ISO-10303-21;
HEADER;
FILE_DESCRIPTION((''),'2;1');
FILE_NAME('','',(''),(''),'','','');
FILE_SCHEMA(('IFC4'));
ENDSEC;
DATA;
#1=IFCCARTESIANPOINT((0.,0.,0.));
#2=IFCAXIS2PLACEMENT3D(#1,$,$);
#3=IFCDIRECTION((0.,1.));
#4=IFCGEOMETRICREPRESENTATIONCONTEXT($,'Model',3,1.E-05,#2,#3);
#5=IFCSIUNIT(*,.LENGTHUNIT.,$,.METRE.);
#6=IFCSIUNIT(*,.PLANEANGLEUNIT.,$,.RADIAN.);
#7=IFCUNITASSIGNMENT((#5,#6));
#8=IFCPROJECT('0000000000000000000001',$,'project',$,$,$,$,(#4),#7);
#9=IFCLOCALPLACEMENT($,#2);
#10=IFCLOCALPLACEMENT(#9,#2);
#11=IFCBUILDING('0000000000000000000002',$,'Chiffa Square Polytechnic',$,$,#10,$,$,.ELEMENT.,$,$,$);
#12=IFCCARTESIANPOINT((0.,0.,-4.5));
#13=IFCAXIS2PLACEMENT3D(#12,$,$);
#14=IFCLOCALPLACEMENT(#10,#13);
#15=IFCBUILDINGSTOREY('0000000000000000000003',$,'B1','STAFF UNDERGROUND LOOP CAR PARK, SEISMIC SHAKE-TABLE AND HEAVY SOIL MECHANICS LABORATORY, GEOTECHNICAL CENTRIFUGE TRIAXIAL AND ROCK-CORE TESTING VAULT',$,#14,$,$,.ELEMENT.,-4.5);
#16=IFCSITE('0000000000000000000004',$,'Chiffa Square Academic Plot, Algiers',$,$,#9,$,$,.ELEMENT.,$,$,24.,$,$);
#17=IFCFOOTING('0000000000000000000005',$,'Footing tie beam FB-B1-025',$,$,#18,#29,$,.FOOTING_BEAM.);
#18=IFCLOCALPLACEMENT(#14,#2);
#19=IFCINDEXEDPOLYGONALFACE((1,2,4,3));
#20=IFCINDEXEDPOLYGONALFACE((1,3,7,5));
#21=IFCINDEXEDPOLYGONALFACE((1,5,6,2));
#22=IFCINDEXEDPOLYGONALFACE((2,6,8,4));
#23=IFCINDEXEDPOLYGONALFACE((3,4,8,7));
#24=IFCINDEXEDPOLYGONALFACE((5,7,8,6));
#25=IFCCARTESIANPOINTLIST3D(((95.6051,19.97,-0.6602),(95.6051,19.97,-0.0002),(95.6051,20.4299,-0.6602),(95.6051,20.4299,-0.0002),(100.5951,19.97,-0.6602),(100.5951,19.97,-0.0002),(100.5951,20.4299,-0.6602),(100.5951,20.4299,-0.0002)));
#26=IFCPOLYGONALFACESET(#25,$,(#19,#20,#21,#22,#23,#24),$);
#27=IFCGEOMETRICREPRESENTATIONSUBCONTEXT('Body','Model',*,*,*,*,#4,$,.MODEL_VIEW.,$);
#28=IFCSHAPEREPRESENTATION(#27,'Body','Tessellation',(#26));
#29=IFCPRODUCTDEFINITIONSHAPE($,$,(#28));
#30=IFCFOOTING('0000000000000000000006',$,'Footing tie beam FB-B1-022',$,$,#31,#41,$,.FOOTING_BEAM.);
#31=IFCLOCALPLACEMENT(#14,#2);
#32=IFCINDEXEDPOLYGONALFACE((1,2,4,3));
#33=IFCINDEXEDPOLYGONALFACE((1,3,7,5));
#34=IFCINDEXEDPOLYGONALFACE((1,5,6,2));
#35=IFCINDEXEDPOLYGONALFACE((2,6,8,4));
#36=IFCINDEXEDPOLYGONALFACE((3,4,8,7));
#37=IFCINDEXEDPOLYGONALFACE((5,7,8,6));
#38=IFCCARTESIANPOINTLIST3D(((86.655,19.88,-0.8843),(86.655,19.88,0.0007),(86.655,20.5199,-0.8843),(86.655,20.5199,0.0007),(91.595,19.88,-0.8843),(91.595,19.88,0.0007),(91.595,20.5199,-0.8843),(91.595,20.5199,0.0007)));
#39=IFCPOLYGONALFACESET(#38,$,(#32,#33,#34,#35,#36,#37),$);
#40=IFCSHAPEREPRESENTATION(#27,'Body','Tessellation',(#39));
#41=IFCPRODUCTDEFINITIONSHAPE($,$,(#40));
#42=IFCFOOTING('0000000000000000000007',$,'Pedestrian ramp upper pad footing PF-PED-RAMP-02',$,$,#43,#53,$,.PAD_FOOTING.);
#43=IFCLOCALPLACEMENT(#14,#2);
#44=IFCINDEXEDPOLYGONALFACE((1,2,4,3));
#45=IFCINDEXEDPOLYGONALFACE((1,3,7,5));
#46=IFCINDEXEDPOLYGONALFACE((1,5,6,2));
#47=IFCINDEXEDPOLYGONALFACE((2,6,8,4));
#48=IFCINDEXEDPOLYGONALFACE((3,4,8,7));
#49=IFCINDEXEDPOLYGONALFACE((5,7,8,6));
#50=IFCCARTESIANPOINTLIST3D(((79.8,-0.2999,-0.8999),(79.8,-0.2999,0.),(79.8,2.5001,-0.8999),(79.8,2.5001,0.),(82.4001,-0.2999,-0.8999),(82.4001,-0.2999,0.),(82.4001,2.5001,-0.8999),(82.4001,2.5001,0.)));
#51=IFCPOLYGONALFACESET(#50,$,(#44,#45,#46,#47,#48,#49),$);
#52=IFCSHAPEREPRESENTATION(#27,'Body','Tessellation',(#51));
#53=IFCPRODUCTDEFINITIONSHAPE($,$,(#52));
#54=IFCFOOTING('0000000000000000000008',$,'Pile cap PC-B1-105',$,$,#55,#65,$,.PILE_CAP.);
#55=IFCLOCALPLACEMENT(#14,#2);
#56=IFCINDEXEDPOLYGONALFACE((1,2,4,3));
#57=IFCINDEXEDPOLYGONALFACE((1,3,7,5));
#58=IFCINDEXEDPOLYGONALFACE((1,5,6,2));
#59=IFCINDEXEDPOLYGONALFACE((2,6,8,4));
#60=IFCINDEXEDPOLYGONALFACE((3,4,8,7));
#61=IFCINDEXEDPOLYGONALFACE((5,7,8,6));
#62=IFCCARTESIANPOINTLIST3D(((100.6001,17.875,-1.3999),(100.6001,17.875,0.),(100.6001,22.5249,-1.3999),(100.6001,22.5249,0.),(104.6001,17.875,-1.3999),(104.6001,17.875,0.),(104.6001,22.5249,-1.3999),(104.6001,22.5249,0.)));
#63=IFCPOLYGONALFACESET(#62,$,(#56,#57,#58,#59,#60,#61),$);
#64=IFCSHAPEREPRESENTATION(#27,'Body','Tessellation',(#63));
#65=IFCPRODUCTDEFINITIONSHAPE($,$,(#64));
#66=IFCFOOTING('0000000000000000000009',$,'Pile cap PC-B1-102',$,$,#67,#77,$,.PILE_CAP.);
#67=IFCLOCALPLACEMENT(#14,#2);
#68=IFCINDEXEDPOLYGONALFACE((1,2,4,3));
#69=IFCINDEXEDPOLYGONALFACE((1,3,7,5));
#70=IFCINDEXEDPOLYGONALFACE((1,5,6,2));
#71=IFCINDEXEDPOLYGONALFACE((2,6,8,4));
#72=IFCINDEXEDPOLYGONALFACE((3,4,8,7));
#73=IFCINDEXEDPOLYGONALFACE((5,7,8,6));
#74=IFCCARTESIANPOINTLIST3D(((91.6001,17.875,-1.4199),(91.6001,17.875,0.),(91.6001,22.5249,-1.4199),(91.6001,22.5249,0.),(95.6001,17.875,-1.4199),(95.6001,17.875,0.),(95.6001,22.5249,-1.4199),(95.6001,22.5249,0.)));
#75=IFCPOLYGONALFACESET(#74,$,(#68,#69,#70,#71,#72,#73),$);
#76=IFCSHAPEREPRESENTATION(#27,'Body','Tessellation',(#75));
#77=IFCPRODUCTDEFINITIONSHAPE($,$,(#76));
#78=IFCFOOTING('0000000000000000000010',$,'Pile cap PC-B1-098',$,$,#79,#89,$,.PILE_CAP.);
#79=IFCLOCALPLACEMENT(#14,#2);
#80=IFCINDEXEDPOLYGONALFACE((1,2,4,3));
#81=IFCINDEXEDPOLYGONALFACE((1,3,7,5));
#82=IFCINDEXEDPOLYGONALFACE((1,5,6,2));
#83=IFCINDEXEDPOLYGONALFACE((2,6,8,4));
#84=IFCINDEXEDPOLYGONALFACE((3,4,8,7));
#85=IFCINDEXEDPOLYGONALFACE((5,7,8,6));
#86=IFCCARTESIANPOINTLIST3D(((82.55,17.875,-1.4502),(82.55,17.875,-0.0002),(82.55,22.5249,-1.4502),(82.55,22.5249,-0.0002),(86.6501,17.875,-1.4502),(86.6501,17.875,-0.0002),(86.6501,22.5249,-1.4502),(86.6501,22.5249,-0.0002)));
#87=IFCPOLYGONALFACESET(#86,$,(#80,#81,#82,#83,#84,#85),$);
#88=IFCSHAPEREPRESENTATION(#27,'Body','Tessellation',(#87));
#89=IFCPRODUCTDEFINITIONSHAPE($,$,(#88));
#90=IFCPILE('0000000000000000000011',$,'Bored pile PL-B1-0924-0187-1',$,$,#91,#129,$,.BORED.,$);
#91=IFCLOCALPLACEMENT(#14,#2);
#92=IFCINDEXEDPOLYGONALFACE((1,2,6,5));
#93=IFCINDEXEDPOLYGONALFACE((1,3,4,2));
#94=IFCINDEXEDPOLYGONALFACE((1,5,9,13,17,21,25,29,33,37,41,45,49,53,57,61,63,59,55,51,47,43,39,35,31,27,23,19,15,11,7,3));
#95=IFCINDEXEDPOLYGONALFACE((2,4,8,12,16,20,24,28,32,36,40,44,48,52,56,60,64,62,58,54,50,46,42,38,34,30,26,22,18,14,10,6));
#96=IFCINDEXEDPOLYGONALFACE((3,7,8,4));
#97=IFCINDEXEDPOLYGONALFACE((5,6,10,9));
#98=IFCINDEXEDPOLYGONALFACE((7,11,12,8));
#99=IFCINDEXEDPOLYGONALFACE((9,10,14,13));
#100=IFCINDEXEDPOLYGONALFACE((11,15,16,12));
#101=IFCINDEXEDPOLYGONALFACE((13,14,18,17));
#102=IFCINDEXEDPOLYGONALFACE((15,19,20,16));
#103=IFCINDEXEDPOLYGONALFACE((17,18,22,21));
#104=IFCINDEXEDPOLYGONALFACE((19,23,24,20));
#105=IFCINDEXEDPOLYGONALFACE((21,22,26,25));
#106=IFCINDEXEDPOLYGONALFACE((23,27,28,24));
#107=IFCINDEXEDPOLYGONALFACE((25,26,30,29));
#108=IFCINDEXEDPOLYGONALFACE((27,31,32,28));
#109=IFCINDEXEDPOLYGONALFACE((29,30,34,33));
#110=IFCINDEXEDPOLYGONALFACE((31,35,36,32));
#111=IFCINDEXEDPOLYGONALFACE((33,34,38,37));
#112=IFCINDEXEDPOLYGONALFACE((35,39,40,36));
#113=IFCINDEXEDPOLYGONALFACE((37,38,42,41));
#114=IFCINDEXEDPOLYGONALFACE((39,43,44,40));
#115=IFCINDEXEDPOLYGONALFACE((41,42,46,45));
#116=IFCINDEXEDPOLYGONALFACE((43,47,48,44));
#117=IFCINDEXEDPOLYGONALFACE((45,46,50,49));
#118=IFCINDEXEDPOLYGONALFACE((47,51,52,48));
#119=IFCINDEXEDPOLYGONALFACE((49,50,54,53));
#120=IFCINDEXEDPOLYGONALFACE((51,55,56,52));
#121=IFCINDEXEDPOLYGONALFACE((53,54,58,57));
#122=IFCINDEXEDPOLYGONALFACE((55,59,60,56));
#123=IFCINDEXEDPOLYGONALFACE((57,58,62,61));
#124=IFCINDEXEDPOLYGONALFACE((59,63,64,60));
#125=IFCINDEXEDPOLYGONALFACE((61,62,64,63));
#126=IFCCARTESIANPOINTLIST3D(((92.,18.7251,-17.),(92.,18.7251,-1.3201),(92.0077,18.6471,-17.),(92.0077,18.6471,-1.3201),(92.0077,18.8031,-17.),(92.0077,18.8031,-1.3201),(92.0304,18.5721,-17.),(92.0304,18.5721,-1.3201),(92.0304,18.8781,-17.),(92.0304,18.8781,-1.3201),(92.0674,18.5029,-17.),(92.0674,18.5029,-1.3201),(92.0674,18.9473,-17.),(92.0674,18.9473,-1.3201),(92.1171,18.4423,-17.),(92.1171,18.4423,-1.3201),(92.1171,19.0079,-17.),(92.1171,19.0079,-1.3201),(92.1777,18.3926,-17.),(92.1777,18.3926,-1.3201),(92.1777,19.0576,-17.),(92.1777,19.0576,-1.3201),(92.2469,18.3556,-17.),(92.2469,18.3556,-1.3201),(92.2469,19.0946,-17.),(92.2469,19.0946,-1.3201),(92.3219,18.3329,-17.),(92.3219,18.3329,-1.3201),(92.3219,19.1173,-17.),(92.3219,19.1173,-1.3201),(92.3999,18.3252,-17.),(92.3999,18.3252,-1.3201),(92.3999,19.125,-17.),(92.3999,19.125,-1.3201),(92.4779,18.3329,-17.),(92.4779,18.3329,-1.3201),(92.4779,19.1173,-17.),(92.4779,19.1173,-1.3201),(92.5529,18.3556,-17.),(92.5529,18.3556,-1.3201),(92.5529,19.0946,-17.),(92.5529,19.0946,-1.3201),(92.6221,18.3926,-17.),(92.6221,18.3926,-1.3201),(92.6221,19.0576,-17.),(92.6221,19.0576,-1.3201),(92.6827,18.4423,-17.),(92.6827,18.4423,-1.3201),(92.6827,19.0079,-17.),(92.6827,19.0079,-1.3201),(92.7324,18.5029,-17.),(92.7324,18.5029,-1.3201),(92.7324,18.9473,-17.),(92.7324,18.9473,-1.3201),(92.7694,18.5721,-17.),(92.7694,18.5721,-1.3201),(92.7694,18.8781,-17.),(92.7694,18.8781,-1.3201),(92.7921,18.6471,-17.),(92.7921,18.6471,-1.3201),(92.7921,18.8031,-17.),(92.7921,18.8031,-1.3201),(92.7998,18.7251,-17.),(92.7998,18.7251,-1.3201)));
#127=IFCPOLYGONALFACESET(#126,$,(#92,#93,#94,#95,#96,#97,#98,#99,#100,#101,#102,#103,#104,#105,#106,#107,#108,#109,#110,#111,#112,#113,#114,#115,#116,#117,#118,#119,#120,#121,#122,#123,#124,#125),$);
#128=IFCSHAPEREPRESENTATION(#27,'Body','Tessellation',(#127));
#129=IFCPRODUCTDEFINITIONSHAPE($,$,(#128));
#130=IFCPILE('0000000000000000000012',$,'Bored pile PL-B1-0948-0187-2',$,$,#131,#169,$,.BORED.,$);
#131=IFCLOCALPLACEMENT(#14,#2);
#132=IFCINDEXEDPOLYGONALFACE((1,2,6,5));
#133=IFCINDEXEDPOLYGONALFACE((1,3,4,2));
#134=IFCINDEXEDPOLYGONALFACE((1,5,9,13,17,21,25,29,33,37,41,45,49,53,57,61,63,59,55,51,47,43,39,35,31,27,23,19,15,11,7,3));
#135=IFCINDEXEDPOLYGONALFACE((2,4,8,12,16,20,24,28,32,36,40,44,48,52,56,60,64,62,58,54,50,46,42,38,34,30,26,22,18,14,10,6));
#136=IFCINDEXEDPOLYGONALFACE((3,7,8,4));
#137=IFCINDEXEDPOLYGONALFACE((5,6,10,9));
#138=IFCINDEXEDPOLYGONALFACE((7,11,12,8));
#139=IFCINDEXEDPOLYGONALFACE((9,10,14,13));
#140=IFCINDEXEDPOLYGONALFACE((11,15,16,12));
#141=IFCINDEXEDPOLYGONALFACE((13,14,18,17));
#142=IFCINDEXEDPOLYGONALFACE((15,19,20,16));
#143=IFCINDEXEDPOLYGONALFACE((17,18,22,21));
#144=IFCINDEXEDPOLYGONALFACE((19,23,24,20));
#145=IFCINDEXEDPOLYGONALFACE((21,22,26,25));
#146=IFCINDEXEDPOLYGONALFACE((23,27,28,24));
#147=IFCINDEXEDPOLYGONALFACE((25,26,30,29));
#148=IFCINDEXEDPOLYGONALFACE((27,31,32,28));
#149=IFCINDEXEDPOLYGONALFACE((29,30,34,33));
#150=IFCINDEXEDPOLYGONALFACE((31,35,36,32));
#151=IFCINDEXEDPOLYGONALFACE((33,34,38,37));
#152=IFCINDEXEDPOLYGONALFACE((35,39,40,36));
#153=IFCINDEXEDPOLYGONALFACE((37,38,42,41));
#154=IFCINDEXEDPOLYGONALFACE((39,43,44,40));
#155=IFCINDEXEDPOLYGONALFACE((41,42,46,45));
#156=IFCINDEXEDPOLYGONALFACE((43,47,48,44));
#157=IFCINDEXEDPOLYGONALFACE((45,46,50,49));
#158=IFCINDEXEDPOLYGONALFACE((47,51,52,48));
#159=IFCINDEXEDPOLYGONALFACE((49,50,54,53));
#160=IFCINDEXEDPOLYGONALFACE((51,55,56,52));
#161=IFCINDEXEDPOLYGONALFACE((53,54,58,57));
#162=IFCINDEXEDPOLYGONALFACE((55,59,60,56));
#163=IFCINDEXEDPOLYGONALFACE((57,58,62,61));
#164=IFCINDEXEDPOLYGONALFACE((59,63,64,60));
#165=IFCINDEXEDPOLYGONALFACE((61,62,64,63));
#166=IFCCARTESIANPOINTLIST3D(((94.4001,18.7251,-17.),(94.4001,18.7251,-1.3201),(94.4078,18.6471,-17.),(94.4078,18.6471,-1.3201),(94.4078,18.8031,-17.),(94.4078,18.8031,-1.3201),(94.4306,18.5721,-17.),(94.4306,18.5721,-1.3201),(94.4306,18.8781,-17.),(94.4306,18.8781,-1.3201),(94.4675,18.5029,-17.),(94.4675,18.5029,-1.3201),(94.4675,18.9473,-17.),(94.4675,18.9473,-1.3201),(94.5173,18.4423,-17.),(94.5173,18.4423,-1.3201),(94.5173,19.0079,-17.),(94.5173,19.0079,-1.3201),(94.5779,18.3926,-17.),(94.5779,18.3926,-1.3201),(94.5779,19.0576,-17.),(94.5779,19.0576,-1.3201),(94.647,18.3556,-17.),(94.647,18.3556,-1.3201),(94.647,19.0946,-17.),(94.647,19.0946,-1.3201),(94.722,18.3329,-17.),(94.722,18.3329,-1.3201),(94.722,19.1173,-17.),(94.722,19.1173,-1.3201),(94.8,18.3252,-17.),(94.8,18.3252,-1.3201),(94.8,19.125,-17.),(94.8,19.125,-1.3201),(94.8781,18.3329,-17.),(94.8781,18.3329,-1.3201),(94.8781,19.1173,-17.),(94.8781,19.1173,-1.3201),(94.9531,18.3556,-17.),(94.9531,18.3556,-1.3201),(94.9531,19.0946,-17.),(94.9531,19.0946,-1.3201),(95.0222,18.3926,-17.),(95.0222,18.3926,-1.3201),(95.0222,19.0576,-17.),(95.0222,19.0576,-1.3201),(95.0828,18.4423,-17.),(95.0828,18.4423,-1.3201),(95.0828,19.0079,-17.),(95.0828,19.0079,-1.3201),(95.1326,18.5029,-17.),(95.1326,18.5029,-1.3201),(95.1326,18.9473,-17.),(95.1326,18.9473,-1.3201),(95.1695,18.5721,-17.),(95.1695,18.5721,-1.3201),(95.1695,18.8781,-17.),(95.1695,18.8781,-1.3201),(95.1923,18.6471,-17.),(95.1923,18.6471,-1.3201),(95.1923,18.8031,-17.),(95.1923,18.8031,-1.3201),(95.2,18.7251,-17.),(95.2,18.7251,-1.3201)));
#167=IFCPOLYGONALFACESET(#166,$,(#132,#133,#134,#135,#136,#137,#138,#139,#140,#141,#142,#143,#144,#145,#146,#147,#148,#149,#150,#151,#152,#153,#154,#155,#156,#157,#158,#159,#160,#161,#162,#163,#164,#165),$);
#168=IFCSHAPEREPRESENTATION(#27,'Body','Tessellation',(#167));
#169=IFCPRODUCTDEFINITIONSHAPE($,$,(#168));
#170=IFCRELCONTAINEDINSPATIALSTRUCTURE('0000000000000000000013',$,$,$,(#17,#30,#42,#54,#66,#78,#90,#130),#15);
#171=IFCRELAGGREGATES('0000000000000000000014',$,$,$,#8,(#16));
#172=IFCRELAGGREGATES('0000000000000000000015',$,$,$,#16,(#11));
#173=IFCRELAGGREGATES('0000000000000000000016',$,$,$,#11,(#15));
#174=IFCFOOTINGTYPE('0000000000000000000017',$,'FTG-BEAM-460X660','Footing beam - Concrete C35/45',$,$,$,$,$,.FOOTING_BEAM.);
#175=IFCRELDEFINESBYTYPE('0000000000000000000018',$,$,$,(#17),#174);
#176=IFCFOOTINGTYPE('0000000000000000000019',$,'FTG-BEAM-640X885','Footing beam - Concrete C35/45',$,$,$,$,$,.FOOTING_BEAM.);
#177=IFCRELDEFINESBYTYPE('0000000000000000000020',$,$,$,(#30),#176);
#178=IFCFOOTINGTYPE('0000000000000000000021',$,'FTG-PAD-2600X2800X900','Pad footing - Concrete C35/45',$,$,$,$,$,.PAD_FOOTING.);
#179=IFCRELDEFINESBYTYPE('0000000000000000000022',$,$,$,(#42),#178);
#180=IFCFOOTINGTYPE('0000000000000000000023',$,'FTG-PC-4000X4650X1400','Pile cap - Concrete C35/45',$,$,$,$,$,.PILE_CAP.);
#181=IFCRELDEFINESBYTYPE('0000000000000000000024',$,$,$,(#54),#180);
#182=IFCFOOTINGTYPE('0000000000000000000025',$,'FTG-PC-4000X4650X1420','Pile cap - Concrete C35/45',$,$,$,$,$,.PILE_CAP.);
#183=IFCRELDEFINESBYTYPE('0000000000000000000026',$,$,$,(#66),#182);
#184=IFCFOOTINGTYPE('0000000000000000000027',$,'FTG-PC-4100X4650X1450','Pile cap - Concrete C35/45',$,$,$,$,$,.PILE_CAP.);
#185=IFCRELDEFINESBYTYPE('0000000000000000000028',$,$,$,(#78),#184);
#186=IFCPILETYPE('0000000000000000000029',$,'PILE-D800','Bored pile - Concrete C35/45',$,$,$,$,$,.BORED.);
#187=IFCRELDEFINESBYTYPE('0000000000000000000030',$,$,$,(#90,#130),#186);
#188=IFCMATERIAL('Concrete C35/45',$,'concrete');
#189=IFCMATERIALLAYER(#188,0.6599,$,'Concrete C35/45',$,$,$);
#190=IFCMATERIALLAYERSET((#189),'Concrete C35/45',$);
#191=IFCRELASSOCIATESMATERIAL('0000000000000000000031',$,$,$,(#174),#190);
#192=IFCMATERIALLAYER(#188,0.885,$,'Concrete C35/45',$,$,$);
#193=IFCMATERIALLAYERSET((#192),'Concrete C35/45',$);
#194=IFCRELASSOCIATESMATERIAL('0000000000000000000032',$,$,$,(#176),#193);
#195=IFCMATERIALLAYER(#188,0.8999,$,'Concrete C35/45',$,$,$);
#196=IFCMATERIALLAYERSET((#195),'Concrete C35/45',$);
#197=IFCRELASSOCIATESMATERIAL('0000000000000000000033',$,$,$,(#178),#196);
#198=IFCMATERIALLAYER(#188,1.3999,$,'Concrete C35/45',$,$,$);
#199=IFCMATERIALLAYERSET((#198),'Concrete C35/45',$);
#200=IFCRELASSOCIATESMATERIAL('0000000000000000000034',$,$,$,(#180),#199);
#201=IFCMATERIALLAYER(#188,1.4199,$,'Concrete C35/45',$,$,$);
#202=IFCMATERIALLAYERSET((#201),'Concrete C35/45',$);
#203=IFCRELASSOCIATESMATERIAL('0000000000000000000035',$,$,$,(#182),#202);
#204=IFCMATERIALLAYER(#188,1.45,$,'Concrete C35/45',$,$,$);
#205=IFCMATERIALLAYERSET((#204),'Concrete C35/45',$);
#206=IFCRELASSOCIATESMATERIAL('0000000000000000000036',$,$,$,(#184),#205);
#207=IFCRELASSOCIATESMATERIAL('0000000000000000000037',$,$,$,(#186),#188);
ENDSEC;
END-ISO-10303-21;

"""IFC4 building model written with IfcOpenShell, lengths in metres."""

from ifc_helpers import new_model, si_unit, direction, frame, origin, origin_2d, place, context, subcontext, project, spatial, rectangle, circle, extrude, material, layer, layer_set, material_profile, profile_set, type_object, element, save


model = new_model("IFC4")

# Units and contexts
model_context = context("Model", 3, precision=1e-05, world=origin(), true_north=direction((0.0, 1.0)))
body_context = subcontext(model_context, "Body", "Model", "MODEL_VIEW")
ifc_project = project(units=[si_unit("LENGTHUNIT", "METRE"), si_unit("PLANEANGLEUNIT", "RADIAN")], contexts=[model_context])

# Site, building, storey
site_placement = place(None, origin())
site = spatial("IfcSite", under=ifc_project, at=site_placement, Name="Chiffa Square Academic Plot, Algiers", CompositionType="ELEMENT", RefElevation=24.0)
building_placement = place(site_placement, origin())
building = spatial("IfcBuilding", under=site, at=building_placement, Name="Chiffa Square Polytechnic", CompositionType="ELEMENT")
storey_placement = place(building_placement, frame((0.0, 0.0, -4.5)))
storey = spatial("IfcBuildingStorey", under=building, at=storey_placement, Name="B1", Description="STAFF UNDERGROUND LOOP CAR PARK, SEISMIC SHAKE-TABLE AND HEAVY SOIL MECHANICS LABORATORY, GEOTECHNICAL CENTRIFUGE TRIAXIAL AND ROCK-CORE TESTING VAULT", CompositionType="ELEMENT", Elevation=-4.5)

# Footings
ifc_material = material(Name="Concrete C35/45", Category="concrete")
ifc_layer_1 = layer(ifc_material, 0.6599, Name="Concrete C35/45")
ifc_layer_set_1 = layer_set([ifc_layer_1], Name="Concrete C35/45")
footing_type_1 = type_object("IfcFootingType", Name="FTG-BEAM-460X660", Description="Footing beam - Concrete C35/45", PredefinedType="FOOTING_BEAM", material=ifc_layer_set_1)
footing_1_placement = place(storey_placement, frame((98.1001, 20.2, -0.6602), z_axis=(0.0, 0.0, 1.0), x_axis=(1.0, 0.0, 0.0)))
element("IfcFooting", 1, at=footing_1_placement, inside=storey, type_object=footing_type_1, Name="Footing tie beam FB-B1-025", PredefinedType="FOOTING_BEAM", context=body_context, shape_type="SweptSolid", body=[
    extrude(rectangle(XDim=4.99, YDim=0.46, at=origin_2d()), origin(), (0.0, 0.0, 1.0), 0.6599),
])
ifc_layer_2 = layer(ifc_material, 0.885, Name="Concrete C35/45")
ifc_layer_set_2 = layer_set([ifc_layer_2], Name="Concrete C35/45")
footing_type_2 = type_object("IfcFootingType", Name="FTG-BEAM-640X885", Description="Footing beam - Concrete C35/45", PredefinedType="FOOTING_BEAM", material=ifc_layer_set_2)
footing_2_placement = place(storey_placement, frame((89.125, 20.2, -0.8843), z_axis=(0.0, 0.0, 1.0), x_axis=(1.0, 0.0, 0.0)))
element("IfcFooting", 2, at=footing_2_placement, inside=storey, type_object=footing_type_2, Name="Footing tie beam FB-B1-022", PredefinedType="FOOTING_BEAM", context=body_context, shape_type="SweptSolid", body=[
    extrude(rectangle(XDim=4.9399, YDim=0.6399, at=origin_2d()), origin(), (0.0, 0.0, 1.0), 0.885),
])
ifc_layer_3 = layer(ifc_material, 0.8999, Name="Concrete C35/45")
ifc_layer_set_3 = layer_set([ifc_layer_3], Name="Concrete C35/45")
footing_type_3 = type_object("IfcFootingType", Name="FTG-PAD-2600X2800X900", Description="Pad footing - Concrete C35/45", PredefinedType="PAD_FOOTING", material=ifc_layer_set_3)
footing_3_placement = place(storey_placement, frame((81.1001, 1.1001, -0.8999), z_axis=(0.0, 0.0, 1.0), x_axis=(1.0, 0.0, 0.0)))
element("IfcFooting", 3, at=footing_3_placement, inside=storey, type_object=footing_type_3, Name="Pedestrian ramp upper pad footing PF-PED-RAMP-02", PredefinedType="PAD_FOOTING", context=body_context, shape_type="SweptSolid", body=[
    extrude(rectangle(XDim=2.6001, YDim=2.8, at=origin_2d()), origin(), (0.0, 0.0, 1.0), 0.8999),
])
ifc_layer_4 = layer(ifc_material, 1.3999, Name="Concrete C35/45")
ifc_layer_set_4 = layer_set([ifc_layer_4], Name="Concrete C35/45")
footing_type_4 = type_object("IfcFootingType", Name="FTG-PC-4000X4650X1400", Description="Pile cap - Concrete C35/45", PredefinedType="PILE_CAP", material=ifc_layer_set_4)
footing_4_placement = place(storey_placement, frame((102.6001, 20.2, -1.3999), z_axis=(0.0, 0.0, 1.0), x_axis=(1.0, 0.0, 0.0)))
element("IfcFooting", 4, at=footing_4_placement, inside=storey, type_object=footing_type_4, Name="Pile cap PC-B1-105", PredefinedType="PILE_CAP", context=body_context, shape_type="SweptSolid", body=[
    extrude(rectangle(XDim=4.0, YDim=4.6499, at=origin_2d()), origin(), (0.0, 0.0, 1.0), 1.3999),
])
ifc_layer_5 = layer(ifc_material, 1.4199, Name="Concrete C35/45")
ifc_layer_set_5 = layer_set([ifc_layer_5], Name="Concrete C35/45")
footing_type_5 = type_object("IfcFootingType", Name="FTG-PC-4000X4650X1420", Description="Pile cap - Concrete C35/45", PredefinedType="PILE_CAP", material=ifc_layer_set_5)
footing_5_placement = place(storey_placement, frame((93.6001, 20.2, -1.4199), z_axis=(0.0, 0.0, 1.0), x_axis=(1.0, 0.0, 0.0)))
element("IfcFooting", 5, at=footing_5_placement, inside=storey, type_object=footing_type_5, Name="Pile cap PC-B1-102", PredefinedType="PILE_CAP", context=body_context, shape_type="SweptSolid", body=[
    extrude(rectangle(XDim=4.0, YDim=4.6499, at=origin_2d()), origin(), (0.0, 0.0, 1.0), 1.4199),
])
ifc_layer_6 = layer(ifc_material, 1.45, Name="Concrete C35/45")
ifc_layer_set_6 = layer_set([ifc_layer_6], Name="Concrete C35/45")
footing_type_6 = type_object("IfcFootingType", Name="FTG-PC-4100X4650X1450", Description="Pile cap - Concrete C35/45", PredefinedType="PILE_CAP", material=ifc_layer_set_6)
footing_6_placement = place(storey_placement, frame((84.6001, 20.2, -1.4502), z_axis=(0.0, 0.0, 1.0), x_axis=(1.0, 0.0, 0.0)))
element("IfcFooting", 6, at=footing_6_placement, inside=storey, type_object=footing_type_6, Name="Pile cap PC-B1-098", PredefinedType="PILE_CAP", context=body_context, shape_type="SweptSolid", body=[
    extrude(rectangle(XDim=4.1001, YDim=4.6499, at=origin_2d()), origin(), (0.0, 0.0, 1.0), 1.45),
])

# Piles
ifc_material_profile_1 = material_profile(ifc_material, circle(Radius=0.3999, at=origin_2d()), Name="PILE D800")
ifc_profile_set_1 = profile_set([ifc_material_profile_1], Name="Concrete C35/45")
pile_type_1 = type_object("IfcPileType", Name="PILE-D800", Description="Bored pile - Concrete C35/45", PredefinedType="BORED", material=ifc_profile_set_1)
for number, where, z_axis, x_axis, name in (
    (7, (92.3999, 18.7251, -1.3201), (0.0, 0.0, -1.0), (1.0, 0.0, 0.0), "Bored pile PL-B1-0924-0187-1"),
    (8, (94.8, 18.7251, -1.3201), (0.0, 0.0, -1.0), (1.0, 0.0, 0.0), "Bored pile PL-B1-0948-0187-2"),
):
    element("IfcPile", number, at=place(storey_placement, frame(where, z_axis=z_axis, x_axis=x_axis)), inside=storey, type_object=pile_type_1, Name=name, PredefinedType="BORED", context=body_context, shape_type="SweptSolid", body=[
        extrude(circle(Radius=0.3999, at=origin_2d()), origin(), (0.0, 0.0, 1.0), 15.6799),
    ])

save(model, "model.ifc")
